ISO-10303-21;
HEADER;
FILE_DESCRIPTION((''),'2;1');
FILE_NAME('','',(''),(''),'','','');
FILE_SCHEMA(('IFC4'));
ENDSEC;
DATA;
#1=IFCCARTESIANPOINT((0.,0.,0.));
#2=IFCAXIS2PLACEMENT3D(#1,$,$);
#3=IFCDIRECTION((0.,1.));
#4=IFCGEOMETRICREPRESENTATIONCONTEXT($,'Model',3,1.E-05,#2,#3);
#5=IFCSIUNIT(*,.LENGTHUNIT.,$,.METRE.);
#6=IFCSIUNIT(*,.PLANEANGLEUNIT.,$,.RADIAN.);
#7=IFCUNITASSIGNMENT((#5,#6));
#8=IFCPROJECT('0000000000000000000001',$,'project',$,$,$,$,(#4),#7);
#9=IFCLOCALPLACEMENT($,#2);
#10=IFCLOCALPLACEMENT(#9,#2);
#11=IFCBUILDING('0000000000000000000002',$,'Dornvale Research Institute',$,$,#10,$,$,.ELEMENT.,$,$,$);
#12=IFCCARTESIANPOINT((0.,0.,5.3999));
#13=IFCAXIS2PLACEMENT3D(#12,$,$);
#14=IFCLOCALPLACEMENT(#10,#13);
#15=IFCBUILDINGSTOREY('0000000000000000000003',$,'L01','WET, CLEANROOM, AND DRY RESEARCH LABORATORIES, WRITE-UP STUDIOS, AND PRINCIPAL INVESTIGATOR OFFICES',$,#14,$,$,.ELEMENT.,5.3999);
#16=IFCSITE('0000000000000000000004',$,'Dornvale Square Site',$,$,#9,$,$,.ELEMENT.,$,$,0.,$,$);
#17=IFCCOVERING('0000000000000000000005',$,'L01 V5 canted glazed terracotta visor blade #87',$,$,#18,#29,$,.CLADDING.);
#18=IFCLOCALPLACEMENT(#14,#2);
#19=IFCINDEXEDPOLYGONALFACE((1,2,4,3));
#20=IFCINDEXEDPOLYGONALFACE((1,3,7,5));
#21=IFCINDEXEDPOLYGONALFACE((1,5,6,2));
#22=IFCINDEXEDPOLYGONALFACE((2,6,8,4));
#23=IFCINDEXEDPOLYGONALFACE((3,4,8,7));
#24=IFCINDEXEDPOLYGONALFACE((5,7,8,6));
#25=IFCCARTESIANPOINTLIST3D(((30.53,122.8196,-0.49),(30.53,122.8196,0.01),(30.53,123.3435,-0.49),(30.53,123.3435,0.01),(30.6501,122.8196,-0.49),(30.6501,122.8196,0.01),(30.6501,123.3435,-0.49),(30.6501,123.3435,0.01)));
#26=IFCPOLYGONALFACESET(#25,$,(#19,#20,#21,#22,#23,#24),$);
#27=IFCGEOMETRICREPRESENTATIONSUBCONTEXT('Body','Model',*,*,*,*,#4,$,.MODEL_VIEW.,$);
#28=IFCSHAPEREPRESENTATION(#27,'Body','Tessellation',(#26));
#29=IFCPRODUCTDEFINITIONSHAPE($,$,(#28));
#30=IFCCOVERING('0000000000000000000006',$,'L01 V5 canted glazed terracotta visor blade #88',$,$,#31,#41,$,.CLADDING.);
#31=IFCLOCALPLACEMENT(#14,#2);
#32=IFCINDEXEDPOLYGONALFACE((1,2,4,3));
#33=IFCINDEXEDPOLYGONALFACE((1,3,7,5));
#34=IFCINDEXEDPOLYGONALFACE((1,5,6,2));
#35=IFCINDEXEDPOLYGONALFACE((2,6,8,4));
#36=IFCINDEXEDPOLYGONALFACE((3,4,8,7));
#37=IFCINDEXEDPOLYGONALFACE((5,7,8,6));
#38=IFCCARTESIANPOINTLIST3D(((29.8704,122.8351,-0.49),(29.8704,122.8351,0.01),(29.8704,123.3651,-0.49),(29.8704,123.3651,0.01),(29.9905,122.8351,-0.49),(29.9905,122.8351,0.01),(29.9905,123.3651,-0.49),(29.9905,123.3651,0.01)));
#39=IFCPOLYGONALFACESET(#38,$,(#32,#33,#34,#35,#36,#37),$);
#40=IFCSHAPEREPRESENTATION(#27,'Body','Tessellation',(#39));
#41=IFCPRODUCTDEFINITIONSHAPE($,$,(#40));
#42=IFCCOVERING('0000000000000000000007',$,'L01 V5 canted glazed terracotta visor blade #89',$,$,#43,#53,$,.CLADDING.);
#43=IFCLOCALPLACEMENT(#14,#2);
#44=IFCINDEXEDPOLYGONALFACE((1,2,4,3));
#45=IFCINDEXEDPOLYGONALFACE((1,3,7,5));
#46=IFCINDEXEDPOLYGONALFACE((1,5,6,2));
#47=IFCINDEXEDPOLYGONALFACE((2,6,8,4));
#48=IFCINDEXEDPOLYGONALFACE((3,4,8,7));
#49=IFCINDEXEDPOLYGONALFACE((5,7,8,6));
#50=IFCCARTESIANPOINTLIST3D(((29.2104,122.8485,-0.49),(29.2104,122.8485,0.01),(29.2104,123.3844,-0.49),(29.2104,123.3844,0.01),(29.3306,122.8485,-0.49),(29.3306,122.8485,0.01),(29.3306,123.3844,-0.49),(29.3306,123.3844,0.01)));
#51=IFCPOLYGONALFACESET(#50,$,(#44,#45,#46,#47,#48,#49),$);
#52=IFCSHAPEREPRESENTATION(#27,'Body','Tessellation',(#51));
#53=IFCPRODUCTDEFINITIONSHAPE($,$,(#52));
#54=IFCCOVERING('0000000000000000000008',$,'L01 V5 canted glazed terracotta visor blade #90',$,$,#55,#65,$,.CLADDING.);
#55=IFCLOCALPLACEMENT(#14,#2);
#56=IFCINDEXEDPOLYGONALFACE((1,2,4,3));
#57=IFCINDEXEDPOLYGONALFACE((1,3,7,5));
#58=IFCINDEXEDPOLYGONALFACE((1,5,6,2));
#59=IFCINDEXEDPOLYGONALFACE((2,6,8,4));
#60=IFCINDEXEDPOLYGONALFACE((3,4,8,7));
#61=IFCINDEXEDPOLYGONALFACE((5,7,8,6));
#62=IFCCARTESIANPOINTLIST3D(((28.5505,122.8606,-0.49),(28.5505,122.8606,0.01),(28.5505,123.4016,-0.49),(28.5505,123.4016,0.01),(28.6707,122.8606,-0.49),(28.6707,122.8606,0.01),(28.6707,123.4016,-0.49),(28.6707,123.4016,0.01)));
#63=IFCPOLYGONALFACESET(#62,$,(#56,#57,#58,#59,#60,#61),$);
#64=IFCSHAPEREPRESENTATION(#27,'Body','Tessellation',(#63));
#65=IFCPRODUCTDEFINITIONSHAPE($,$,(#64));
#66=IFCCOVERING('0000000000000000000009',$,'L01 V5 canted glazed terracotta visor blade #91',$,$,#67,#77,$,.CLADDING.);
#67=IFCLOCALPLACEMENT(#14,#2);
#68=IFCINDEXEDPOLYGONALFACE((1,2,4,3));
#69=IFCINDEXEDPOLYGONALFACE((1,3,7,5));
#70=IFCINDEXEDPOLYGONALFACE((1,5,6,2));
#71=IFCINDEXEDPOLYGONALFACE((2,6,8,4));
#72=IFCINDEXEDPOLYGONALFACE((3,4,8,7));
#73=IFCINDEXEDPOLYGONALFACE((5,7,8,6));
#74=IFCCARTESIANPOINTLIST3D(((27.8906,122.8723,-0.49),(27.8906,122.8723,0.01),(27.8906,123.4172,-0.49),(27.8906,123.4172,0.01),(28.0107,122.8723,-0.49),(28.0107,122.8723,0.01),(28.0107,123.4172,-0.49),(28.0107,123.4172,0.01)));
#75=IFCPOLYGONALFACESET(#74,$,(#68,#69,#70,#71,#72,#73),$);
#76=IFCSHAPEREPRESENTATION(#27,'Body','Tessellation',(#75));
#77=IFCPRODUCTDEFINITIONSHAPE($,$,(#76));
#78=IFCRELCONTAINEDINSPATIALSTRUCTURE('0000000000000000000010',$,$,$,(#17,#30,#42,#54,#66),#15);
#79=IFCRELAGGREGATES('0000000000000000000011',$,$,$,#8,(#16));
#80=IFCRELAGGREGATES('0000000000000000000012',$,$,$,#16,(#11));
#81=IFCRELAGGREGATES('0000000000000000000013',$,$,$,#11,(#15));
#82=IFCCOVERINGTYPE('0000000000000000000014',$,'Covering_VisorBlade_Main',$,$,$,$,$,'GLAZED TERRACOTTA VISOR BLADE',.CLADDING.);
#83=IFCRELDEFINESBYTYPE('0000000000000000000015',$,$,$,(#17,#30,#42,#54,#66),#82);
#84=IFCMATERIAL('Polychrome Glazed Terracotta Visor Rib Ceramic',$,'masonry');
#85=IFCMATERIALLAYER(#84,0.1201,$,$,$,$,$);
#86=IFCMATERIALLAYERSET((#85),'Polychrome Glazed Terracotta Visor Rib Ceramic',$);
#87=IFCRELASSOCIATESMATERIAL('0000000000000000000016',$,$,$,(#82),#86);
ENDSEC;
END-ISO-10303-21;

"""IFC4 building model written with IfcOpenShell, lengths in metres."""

from ifc_helpers import new_model, si_unit, direction, frame, origin, origin_2d, place, context, subcontext, project, spatial, rectangle, extrude, material, layer, layer_set, type_object, element, save


model = new_model("IFC4")

# Units and contexts
model_context = context("Model", 3, precision=1e-05, world=origin(), true_north=direction((0.0, 1.0)))
body_context = subcontext(model_context, "Body", "Model", "MODEL_VIEW")
ifc_project = project(units=[si_unit("LENGTHUNIT", "METRE"), si_unit("PLANEANGLEUNIT", "RADIAN")], contexts=[model_context])

# Site, building, storey
site_placement = place(None, origin())
site = spatial("IfcSite", under=ifc_project, at=site_placement, Name="Dornvale Square Site", CompositionType="ELEMENT", RefElevation=0.0)
building_placement = place(site_placement, origin())
building = spatial("IfcBuilding", under=site, at=building_placement, Name="Dornvale Research Institute", CompositionType="ELEMENT")
storey_placement = place(building_placement, frame((0.0, 0.0, 5.3999)))
storey = spatial("IfcBuildingStorey", under=building, at=storey_placement, Name="L01", Description="WET, CLEANROOM, AND DRY RESEARCH LABORATORIES, WRITE-UP STUDIOS, AND PRINCIPAL INVESTIGATOR OFFICES", CompositionType="ELEMENT", Elevation=5.3999)

# Coverings
ifc_material_1 = material(Name="Polychrome Glazed Terracotta Visor Rib Ceramic", Category="masonry")
ifc_layer_1 = layer(ifc_material_1, 0.1201)
ifc_layer_set_1 = layer_set([ifc_layer_1], Name="Polychrome Glazed Terracotta Visor Rib Ceramic")
covering_type = type_object("IfcCoveringType", Name="Covering_VisorBlade_Main", ElementType="GLAZED TERRACOTTA VISOR BLADE", PredefinedType="CLADDING", material=ifc_layer_set_1)
covering_1_placement = place(storey_placement, frame((30.5901, 123.0815, -0.49), z_axis=(0.0, 0.0, 1.0), x_axis=(0.0, 1.0, 0.0)))
element("IfcCovering", 1, at=covering_1_placement, inside=storey, type_object=covering_type, Name="L01 V5 canted glazed terracotta visor blade #87", PredefinedType="CLADDING", context=body_context, shape_type="SweptSolid", body=[
    extrude(rectangle(XDim=0.5239, YDim=0.1201, at=origin_2d()), origin(), (0.0, 0.0, 1.0), 0.5),
])
covering_2_placement = place(storey_placement, frame((29.9304, 123.1001, -0.49), z_axis=(0.0, 0.0, 1.0), x_axis=(0.0, 1.0, 0.0)))
element("IfcCovering", 2, at=covering_2_placement, inside=storey, type_object=covering_type, Name="L01 V5 canted glazed terracotta visor blade #88", PredefinedType="CLADDING", context=body_context, shape_type="SweptSolid", body=[
    extrude(rectangle(XDim=0.53, YDim=0.1201, at=origin_2d()), origin(), (0.0, 0.0, 1.0), 0.5),
])
covering_3_placement = place(storey_placement, frame((29.2705, 123.1165, -0.49), z_axis=(0.0, 0.0, 1.0), x_axis=(0.0, 1.0, 0.0)))
element("IfcCovering", 3, at=covering_3_placement, inside=storey, type_object=covering_type, Name="L01 V5 canted glazed terracotta visor blade #89", PredefinedType="CLADDING", context=body_context, shape_type="SweptSolid", body=[
    extrude(rectangle(XDim=0.5359, YDim=0.1201, at=origin_2d()), origin(), (0.0, 0.0, 1.0), 0.5),
])
covering_4_placement = place(storey_placement, frame((28.6106, 123.1311, -0.49), z_axis=(0.0, 0.0, 1.0), x_axis=(0.0, 1.0, 0.0)))
element("IfcCovering", 4, at=covering_4_placement, inside=storey, type_object=covering_type, Name="L01 V5 canted glazed terracotta visor blade #90", PredefinedType="CLADDING", context=body_context, shape_type="SweptSolid", body=[
    extrude(rectangle(XDim=0.541, YDim=0.1201, at=origin_2d()), origin(), (0.0, 0.0, 1.0), 0.5),
])
covering_5_placement = place(storey_placement, frame((27.9507, 123.1448, -0.49), z_axis=(0.0, 0.0, 1.0), x_axis=(0.0, 1.0, 0.0)))
element("IfcCovering", 5, at=covering_5_placement, inside=storey, type_object=covering_type, Name="L01 V5 canted glazed terracotta visor blade #91", PredefinedType="CLADDING", context=body_context, shape_type="SweptSolid", body=[
    extrude(rectangle(XDim=0.5449, YDim=0.1201, at=origin_2d()), origin(), (0.0, 0.0, 1.0), 0.5),
])

save(model, "model.ifc")
